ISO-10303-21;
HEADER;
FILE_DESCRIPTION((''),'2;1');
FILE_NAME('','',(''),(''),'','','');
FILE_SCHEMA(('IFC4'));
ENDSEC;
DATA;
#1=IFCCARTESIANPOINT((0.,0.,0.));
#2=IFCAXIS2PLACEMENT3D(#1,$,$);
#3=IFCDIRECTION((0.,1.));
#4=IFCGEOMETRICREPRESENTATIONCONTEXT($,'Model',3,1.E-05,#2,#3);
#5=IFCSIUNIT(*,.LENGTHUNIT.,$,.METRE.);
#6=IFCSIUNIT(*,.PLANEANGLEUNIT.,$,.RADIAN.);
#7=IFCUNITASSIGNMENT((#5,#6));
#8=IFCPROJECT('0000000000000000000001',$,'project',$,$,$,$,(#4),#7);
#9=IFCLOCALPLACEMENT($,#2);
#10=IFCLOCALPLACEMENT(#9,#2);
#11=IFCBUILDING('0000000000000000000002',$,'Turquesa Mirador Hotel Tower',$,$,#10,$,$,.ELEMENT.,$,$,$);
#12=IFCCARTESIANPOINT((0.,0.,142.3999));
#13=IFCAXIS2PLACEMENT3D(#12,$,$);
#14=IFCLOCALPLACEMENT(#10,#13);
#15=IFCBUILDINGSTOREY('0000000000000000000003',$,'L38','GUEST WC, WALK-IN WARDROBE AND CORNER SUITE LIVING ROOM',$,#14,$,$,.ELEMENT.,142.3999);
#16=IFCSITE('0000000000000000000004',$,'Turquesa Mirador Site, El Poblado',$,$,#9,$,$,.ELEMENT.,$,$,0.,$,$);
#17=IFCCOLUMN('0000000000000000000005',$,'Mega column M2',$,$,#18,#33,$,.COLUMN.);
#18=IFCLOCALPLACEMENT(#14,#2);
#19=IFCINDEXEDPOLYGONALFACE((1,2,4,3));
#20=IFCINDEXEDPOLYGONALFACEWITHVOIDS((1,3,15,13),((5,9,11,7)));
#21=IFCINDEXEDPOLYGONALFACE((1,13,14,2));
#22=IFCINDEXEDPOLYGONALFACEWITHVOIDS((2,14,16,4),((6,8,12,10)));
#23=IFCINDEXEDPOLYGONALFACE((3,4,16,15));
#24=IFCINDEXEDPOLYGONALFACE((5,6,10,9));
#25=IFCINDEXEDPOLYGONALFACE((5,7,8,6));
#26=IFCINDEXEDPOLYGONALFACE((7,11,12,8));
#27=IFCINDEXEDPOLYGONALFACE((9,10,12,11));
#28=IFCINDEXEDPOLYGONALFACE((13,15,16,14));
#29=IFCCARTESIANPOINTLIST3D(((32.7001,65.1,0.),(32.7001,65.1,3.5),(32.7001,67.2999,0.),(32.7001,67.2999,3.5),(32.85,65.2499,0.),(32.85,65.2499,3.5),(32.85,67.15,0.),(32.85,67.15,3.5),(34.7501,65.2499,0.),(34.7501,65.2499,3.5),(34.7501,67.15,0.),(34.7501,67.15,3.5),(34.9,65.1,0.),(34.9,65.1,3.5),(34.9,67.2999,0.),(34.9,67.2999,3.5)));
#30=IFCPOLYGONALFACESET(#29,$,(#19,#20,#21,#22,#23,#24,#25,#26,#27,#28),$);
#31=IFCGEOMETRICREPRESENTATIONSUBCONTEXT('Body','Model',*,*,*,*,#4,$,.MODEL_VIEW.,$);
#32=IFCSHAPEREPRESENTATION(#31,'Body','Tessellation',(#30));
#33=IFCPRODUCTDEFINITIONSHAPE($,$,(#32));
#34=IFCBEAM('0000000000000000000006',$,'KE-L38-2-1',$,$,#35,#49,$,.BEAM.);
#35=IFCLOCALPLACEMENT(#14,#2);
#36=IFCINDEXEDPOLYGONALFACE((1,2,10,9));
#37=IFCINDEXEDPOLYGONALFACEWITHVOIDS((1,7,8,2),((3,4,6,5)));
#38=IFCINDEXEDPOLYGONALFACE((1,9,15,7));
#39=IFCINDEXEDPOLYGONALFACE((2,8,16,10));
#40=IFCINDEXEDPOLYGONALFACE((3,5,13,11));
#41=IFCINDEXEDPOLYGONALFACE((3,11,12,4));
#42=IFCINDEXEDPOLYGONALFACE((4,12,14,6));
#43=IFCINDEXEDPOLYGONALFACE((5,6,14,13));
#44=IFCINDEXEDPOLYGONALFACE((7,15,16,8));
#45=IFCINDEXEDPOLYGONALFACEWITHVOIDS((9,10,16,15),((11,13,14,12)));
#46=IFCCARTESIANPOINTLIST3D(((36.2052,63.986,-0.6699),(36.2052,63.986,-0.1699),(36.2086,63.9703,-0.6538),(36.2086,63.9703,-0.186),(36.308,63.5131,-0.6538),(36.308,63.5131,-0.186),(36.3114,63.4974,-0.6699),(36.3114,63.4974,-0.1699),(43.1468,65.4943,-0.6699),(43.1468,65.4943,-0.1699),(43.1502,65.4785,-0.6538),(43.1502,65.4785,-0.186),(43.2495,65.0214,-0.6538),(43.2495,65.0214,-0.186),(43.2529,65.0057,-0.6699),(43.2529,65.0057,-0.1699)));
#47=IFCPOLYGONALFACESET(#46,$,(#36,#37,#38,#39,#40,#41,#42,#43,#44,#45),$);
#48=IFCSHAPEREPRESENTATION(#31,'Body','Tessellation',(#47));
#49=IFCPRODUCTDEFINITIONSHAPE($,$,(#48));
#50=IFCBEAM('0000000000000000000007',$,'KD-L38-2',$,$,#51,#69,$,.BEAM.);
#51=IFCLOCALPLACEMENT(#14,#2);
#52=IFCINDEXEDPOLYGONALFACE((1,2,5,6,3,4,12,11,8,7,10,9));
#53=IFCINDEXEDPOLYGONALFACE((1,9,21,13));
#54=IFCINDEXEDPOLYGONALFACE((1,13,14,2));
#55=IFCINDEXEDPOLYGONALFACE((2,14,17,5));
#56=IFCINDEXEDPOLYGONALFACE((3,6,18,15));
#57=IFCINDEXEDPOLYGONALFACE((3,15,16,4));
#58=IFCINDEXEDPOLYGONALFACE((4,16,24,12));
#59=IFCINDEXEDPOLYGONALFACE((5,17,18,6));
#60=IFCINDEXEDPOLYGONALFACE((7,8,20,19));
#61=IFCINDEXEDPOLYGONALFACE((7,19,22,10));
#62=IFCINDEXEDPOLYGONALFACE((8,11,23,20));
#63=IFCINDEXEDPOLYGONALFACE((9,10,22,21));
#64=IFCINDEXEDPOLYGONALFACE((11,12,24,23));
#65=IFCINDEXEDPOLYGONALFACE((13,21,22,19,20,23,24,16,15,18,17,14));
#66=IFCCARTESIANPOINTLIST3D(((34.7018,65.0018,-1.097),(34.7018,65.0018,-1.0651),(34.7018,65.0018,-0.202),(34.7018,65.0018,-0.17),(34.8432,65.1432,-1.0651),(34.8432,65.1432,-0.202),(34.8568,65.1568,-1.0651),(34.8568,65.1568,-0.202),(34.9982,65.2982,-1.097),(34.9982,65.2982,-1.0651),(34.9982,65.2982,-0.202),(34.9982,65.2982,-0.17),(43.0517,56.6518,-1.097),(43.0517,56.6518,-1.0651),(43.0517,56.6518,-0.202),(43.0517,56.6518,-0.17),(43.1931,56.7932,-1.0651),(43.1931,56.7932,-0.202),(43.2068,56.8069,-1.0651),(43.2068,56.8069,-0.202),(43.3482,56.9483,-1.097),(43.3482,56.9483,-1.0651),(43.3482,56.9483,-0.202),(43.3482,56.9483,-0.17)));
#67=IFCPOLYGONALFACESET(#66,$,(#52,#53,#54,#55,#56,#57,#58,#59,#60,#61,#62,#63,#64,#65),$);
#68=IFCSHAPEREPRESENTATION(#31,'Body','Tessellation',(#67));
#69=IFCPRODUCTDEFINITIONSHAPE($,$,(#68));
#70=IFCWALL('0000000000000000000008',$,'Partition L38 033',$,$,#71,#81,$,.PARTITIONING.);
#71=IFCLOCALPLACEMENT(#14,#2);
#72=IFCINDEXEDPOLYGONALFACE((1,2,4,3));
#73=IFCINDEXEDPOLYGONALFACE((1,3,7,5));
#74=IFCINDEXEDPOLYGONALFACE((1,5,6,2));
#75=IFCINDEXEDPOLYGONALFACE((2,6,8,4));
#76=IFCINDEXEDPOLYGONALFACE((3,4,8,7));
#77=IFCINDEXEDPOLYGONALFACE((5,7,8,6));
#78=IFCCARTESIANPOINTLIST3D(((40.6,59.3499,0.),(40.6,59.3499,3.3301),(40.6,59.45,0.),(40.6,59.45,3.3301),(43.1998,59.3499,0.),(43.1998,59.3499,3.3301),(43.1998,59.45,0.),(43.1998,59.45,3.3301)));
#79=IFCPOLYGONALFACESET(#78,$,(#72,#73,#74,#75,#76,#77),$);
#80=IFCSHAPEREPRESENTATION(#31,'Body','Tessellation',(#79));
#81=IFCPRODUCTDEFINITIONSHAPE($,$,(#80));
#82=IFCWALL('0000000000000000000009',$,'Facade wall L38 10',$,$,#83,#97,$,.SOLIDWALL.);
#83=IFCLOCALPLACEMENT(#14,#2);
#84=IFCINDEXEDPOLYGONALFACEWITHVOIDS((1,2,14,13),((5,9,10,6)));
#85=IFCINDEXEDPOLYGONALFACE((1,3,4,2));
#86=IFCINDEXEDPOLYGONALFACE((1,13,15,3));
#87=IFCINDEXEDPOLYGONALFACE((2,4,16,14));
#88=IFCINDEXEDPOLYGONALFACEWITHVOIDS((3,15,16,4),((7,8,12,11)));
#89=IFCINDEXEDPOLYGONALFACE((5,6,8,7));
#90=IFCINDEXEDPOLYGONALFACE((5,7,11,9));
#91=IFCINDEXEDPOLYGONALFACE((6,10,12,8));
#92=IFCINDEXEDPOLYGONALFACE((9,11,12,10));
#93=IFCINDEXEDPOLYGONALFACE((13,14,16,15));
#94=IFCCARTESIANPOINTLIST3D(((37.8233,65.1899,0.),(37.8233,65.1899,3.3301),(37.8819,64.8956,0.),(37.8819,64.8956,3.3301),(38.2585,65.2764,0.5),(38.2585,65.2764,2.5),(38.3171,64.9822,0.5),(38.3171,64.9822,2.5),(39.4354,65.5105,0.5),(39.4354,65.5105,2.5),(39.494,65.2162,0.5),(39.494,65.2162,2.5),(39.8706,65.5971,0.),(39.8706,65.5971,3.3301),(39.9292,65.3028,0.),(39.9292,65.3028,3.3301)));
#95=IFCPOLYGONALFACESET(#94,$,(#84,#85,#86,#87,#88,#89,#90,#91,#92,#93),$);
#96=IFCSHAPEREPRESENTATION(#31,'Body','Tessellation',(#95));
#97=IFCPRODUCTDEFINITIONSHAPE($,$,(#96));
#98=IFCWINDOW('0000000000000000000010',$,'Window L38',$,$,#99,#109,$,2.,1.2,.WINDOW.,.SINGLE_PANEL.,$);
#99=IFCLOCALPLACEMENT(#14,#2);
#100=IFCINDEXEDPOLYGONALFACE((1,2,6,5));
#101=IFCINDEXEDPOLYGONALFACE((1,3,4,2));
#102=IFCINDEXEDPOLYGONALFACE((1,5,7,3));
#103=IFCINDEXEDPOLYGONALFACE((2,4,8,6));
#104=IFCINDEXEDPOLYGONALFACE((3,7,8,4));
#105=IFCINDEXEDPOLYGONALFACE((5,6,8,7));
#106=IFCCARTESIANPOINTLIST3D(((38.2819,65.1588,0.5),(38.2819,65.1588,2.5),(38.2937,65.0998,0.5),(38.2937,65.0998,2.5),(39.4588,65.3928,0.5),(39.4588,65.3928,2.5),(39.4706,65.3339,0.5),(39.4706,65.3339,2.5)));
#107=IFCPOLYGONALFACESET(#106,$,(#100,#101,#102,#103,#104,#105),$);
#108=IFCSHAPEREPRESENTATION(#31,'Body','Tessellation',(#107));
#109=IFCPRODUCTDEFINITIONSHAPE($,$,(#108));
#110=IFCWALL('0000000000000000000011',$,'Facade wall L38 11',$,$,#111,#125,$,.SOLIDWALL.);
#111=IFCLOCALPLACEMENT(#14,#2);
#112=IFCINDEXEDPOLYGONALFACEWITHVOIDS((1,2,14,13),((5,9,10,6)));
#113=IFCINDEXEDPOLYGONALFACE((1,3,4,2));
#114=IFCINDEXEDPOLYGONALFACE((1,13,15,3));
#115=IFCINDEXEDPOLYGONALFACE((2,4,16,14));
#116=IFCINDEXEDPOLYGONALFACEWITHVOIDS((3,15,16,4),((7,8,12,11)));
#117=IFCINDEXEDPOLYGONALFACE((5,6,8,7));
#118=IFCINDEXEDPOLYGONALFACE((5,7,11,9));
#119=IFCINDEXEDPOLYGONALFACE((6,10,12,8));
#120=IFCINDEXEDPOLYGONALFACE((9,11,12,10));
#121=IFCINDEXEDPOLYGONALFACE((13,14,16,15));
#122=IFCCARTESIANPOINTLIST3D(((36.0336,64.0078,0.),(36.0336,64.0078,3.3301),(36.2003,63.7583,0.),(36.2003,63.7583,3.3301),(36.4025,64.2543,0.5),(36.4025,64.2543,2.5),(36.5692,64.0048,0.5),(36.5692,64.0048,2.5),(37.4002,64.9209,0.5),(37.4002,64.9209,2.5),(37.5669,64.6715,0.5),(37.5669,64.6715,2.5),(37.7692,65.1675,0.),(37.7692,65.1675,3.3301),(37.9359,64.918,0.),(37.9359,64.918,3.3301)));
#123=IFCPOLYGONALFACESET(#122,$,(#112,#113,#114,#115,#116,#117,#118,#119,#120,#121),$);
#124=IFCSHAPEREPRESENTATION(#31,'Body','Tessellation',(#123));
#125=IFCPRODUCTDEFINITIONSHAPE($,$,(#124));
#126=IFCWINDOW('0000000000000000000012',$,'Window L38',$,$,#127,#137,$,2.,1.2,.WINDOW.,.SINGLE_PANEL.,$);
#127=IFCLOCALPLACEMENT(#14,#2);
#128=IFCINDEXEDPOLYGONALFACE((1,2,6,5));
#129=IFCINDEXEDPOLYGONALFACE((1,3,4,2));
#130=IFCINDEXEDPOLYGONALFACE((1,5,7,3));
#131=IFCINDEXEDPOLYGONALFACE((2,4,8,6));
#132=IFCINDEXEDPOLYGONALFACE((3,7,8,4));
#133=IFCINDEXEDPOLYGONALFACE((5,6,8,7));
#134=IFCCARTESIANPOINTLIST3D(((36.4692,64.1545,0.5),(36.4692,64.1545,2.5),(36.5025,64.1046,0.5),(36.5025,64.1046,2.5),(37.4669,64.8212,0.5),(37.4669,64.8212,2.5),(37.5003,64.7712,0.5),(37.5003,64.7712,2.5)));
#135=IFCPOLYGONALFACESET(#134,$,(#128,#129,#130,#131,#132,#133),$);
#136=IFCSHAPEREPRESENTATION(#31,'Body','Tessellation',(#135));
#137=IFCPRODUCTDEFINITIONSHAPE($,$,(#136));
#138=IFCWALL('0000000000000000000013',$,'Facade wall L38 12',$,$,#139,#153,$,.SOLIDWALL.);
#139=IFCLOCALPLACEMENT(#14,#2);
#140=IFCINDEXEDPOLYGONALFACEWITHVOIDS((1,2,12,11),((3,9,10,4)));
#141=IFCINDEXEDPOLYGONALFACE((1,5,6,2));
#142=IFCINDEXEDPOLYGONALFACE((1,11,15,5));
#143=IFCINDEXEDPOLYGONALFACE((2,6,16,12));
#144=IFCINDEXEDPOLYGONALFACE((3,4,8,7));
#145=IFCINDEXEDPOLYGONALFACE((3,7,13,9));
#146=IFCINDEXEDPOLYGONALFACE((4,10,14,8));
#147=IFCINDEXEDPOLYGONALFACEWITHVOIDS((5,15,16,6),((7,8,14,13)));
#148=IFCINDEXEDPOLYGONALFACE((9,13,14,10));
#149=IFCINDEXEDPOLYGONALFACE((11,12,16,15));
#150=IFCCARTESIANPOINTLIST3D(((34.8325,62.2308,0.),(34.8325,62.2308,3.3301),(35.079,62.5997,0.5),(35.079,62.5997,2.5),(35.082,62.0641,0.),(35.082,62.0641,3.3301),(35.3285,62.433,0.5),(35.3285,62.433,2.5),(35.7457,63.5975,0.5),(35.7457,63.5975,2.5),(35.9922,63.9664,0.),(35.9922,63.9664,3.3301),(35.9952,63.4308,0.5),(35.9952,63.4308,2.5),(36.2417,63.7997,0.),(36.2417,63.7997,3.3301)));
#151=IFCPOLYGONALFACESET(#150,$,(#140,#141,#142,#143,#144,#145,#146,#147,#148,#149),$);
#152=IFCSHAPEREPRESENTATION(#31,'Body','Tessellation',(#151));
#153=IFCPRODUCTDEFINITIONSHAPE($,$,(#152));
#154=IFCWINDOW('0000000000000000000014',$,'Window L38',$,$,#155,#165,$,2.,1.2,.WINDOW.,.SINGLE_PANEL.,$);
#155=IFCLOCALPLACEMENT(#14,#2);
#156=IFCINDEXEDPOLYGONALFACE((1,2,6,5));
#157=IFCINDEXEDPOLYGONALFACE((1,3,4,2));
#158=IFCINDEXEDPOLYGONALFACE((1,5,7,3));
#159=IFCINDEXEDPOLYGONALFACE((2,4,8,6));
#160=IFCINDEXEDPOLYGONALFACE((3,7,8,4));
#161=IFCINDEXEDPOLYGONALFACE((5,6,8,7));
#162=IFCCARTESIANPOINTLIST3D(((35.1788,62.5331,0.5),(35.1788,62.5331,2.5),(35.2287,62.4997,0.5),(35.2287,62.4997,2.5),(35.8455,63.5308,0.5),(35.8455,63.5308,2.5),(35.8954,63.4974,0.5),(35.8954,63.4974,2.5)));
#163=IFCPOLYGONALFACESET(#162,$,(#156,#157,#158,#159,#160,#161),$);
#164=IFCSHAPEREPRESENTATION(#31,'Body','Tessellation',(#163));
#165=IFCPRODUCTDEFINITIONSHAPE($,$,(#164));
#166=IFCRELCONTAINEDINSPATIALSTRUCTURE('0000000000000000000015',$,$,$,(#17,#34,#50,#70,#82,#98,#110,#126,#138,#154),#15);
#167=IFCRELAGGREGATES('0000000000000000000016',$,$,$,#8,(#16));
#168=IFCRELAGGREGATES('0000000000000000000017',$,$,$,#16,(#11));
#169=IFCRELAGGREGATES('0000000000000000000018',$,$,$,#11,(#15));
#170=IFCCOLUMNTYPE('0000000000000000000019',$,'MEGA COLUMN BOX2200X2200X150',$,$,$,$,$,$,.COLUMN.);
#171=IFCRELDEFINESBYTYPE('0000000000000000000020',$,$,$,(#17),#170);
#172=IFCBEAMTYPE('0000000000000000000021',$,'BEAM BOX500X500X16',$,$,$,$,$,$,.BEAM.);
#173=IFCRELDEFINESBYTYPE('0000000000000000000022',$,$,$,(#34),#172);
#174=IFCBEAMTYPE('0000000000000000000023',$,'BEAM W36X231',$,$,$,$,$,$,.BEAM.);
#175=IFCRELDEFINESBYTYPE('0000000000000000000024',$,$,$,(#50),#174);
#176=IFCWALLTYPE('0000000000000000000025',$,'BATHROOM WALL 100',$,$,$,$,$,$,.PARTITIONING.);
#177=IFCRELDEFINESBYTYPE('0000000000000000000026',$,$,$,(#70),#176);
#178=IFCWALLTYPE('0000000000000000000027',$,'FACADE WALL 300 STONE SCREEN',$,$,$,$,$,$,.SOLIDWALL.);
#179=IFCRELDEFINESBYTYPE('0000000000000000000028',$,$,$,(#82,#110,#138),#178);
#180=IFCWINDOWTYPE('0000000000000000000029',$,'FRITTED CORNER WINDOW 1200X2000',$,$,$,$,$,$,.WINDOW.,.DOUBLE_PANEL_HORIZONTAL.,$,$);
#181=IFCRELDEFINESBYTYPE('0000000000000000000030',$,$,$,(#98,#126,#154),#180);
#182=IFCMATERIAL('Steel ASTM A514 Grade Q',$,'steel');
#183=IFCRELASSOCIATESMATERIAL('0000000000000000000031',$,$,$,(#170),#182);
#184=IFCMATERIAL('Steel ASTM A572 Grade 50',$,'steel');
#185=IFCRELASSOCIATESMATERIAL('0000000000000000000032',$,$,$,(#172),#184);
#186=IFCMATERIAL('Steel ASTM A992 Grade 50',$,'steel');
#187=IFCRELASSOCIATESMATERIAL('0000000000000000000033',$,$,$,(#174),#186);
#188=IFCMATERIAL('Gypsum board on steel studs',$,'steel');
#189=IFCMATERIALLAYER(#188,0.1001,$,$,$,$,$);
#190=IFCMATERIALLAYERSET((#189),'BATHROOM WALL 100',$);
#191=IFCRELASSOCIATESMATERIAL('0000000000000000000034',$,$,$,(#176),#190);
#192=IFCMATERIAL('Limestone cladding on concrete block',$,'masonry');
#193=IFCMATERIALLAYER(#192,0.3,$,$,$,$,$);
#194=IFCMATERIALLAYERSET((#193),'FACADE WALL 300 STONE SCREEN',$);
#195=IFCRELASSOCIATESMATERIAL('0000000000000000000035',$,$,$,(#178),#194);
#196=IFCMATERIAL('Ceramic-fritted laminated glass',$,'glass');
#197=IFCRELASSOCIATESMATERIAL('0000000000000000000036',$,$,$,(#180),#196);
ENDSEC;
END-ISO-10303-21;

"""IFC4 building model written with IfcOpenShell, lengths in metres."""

from ifc_helpers import new_model, si_unit, direction, frame, frame_2d, origin, origin_2d, place, context, subcontext, project, spatial, rectangle, hollow_rectangle, i_section, extrude, material, layer, layer_set, material_profile, profile_set, type_object, element, fill, save


model = new_model("IFC4")

# Units and contexts
model_context = context("Model", 3, precision=1e-05, world=origin(), true_north=direction((0.0, 1.0)))
body_context = subcontext(model_context, "Body", "Model", "MODEL_VIEW")
ifc_project = project(units=[si_unit("LENGTHUNIT", "METRE"), si_unit("PLANEANGLEUNIT", "RADIAN")], contexts=[model_context])

# Site, building, storey
site_placement = place(None, origin())
site = spatial("IfcSite", under=ifc_project, at=site_placement, Name="Turquesa Mirador Site, El Poblado", CompositionType="ELEMENT", RefElevation=0.0)
building_placement = place(site_placement, origin())
building = spatial("IfcBuilding", under=site, at=building_placement, Name="Turquesa Mirador Hotel Tower", CompositionType="ELEMENT")
storey_placement = place(building_placement, frame((0.0, 0.0, 142.3999)))
storey = spatial("IfcBuildingStorey", under=building, at=storey_placement, Name="L38", Description="GUEST WC, WALK-IN WARDROBE AND CORNER SUITE LIVING ROOM", CompositionType="ELEMENT", Elevation=142.3999)

# Column
ifc_material_1 = material(Name="Steel ASTM A514 Grade Q", Category="steel")
ifc_material_profile_1 = material_profile(ifc_material_1, hollow_rectangle(XDim=2.2, YDim=2.2, WallThickness=0.1499, at=origin_2d()), Name="BOX2200X2200X150")
ifc_profile_set_1 = profile_set([ifc_material_profile_1], Name="Steel ASTM A514 Grade Q")
column_type = type_object("IfcColumnType", Name="MEGA COLUMN BOX2200X2200X150", PredefinedType="COLUMN", material=ifc_profile_set_1)
column_placement = place(storey_placement, frame((33.8, 66.2, 0.0), z_axis=(0.0, 0.0, 1.0), x_axis=(1.0, 0.0, 0.0)))
element("IfcColumn", 1, at=column_placement, inside=storey, type_object=column_type, Name="Mega column M2", PredefinedType="COLUMN", context=body_context, shape_type="SweptSolid", body=[
    extrude(hollow_rectangle(XDim=2.2, YDim=2.2, WallThickness=0.1499, at=origin_2d()), origin(), (0.0, 0.0, 1.0), 3.5),
])

# Beams
ifc_material_2 = material(Name="Steel ASTM A572 Grade 50", Category="steel")
ifc_material_profile_2 = material_profile(ifc_material_2, hollow_rectangle(XDim=0.5, YDim=0.5, WallThickness=0.0161, at=origin_2d()), Name="BOX500X500X16")
ifc_profile_set_2 = profile_set([ifc_material_profile_2], Name="Steel ASTM A572 Grade 50")
beam_type_1 = type_object("IfcBeamType", Name="BEAM BOX500X500X16", PredefinedType="BEAM", material=ifc_profile_set_2)
beam_1_placement = place(storey_placement, frame((36.2583, 63.7417, -0.4199), z_axis=(0.977198, 0.212328, 0.0), x_axis=(-0.212328, 0.977198, 0.0)))
element("IfcBeam", 2, at=beam_1_placement, inside=storey, type_object=beam_type_1, Name="KE-L38-2-1", PredefinedType="BEAM", context=body_context, shape_type="SweptSolid", body=[
    extrude(hollow_rectangle(XDim=0.5, YDim=0.5, WallThickness=0.0161, at=origin_2d()), origin(), (0.0, 0.0, 1.0), 7.1035),
])
ifc_material_3 = material(Name="Steel ASTM A992 Grade 50", Category="steel")
ifc_material_profile_3 = material_profile(ifc_material_3, i_section(OverallWidth=0.4192, OverallDepth=0.927, WebThickness=0.0193, FlangeThickness=0.032, at=origin_2d()), Name="W36X231")
ifc_profile_set_3 = profile_set([ifc_material_profile_3], Name="Steel ASTM A992 Grade 50")
beam_type_2 = type_object("IfcBeamType", Name="BEAM W36X231", PredefinedType="BEAM", material=ifc_profile_set_3)
beam_2_placement = place(storey_placement, frame((43.2, 56.8, -0.6335), z_axis=(-0.707107, 0.707107, 0.0), x_axis=(-0.707107, -0.707107, 0.0)))
element("IfcBeam", 3, at=beam_2_placement, inside=storey, type_object=beam_type_2, Name="KD-L38-2", PredefinedType="BEAM", context=body_context, shape_type="SweptSolid", body=[
    extrude(i_section(OverallWidth=0.4192, OverallDepth=0.927, WebThickness=0.0193, FlangeThickness=0.032, at=origin_2d()), origin(), (0.0, 0.0, 1.0), 11.8086),
])

# Wall
ifc_material_4 = material(Name="Gypsum board on steel studs", Category="steel")
ifc_layer_1 = layer(ifc_material_4, 0.1001)
ifc_layer_set_1 = layer_set([ifc_layer_1], Name="BATHROOM WALL 100")
wall_type_1 = type_object("IfcWallType", Name="BATHROOM WALL 100", PredefinedType="PARTITIONING", material=ifc_layer_set_1)
wall_1_placement = place(storey_placement, frame((40.6001, 59.3999, 0.0), z_axis=(0.0, 0.0, 1.0), x_axis=(1.0, 0.0, 0.0)))
element("IfcWall", 4, at=wall_1_placement, inside=storey, type_object=wall_type_1, Name="Partition L38 033", PredefinedType="PARTITIONING", context=body_context, shape_type="SweptSolid", body=[
    extrude(rectangle(XDim=2.5999, YDim=0.1001, at=frame_2d((1.2998, 0.0))), origin(), (0.0, 0.0, 1.0), 3.3301),
])

# Walls, openings, windows
ifc_material_5 = material(Name="Limestone cladding on concrete block", Category="masonry")
ifc_layer_2 = layer(ifc_material_5, 0.3)
ifc_layer_set_2 = layer_set([ifc_layer_2], Name="FACADE WALL 300 STONE SCREEN")
wall_type_2 = type_object("IfcWallType", Name="FACADE WALL 300 STONE SCREEN", PredefinedType="SOLIDWALL", material=ifc_layer_set_2)
wall_2_placement = place(storey_placement, frame((39.8999, 65.45, 0.0), z_axis=(0.0, 0.0, 1.0), x_axis=(-0.980787, -0.195081, 0.0)))
wall_2 = element("IfcWall", 5, at=wall_2_placement, inside=storey, type_object=wall_type_2, Name="Facade wall L38 10", PredefinedType="SOLIDWALL", context=body_context, shape_type="SweptSolid", body=[
    extrude(rectangle(XDim=2.0874, YDim=0.3, at=frame_2d((1.0437, 0.0))), origin(), (0.0, 0.0, 1.0), 3.3301),
])
opening_1_placement = place(wall_2_placement, frame((0.4436, 0.0, 0.5)))
opening_1 = element("IfcOpeningElement", 6, at=opening_1_placement, cuts=wall_2, PredefinedType="OPENING", context=body_context, shape_type="SweptSolid", body=[
    extrude(rectangle(XDim=1.2, YDim=2.0, at=frame_2d((0.6001, 1.0))), frame((0.0, 0.1599, 0.0), z_axis=(0.0, -1.0, 0.0), x_axis=(1.0, 0.0, 0.0)), (0.0, 0.0, 1.0), 0.3201),
])
ifc_material_6 = material(Name="Ceramic-fritted laminated glass", Category="glass")
window_type_1 = type_object("IfcWindowType", Name="FRITTED CORNER WINDOW 1200X2000", PartitioningType="DOUBLE_PANEL_HORIZONTAL", PredefinedType="WINDOW", material=ifc_material_6)
window_1_placement = place(opening_1_placement, origin())
window_1 = element("IfcWindow", 7, at=window_1_placement, inside=storey, type_object=window_type_1, Name="Window L38", OverallHeight=2.0, OverallWidth=1.2, PartitioningType="SINGLE_PANEL", PredefinedType="WINDOW", context=body_context, shape_type="SweptSolid", body=[
    extrude(rectangle(XDim=1.2, YDim=2.0, at=frame_2d((0.6001, 1.0))), frame((0.0, 0.03, 0.0), z_axis=(0.0, -1.0, 0.0), x_axis=(1.0, 0.0, 0.0)), (0.0, 0.0, 1.0), 0.0601),
])
fill(opening_1, window_1)
wall_3_placement = place(storey_placement, frame((37.8525, 65.0427, 0.0), z_axis=(0.0, 0.0, 1.0), x_axis=(-0.831474, -0.555564, 0.0)))
wall_3 = element("IfcWall", 8, at=wall_3_placement, inside=storey, type_object=wall_type_2, Name="Facade wall L38 11", PredefinedType="SOLIDWALL", context=body_context, shape_type="SweptSolid", body=[
    extrude(rectangle(XDim=2.0874, YDim=0.3, at=frame_2d((1.0437, 0.0))), origin(), (0.0, 0.0, 1.0), 3.3301),
])
opening_2_placement = place(wall_3_placement, frame((0.4436, 0.0, 0.5)))
opening_2 = element("IfcOpeningElement", 9, at=opening_2_placement, cuts=wall_3, PredefinedType="OPENING", context=body_context, shape_type="SweptSolid", body=[
    extrude(rectangle(XDim=1.2, YDim=2.0, at=frame_2d((0.6001, 1.0))), frame((0.0, 0.1599, 0.0), z_axis=(0.0, -1.0, 0.0), x_axis=(1.0, 0.0, 0.0)), (0.0, 0.0, 1.0), 0.3201),
])
window_2_placement = place(opening_2_placement, origin())
window_2 = element("IfcWindow", 10, at=window_2_placement, inside=storey, type_object=window_type_1, Name="Window L38", OverallHeight=2.0, OverallWidth=1.2, PartitioningType="SINGLE_PANEL", PredefinedType="WINDOW", context=body_context, shape_type="SweptSolid", body=[
    extrude(rectangle(XDim=1.2, YDim=2.0, at=frame_2d((0.6001, 1.0))), frame((0.0, 0.03, 0.0), z_axis=(0.0, -1.0, 0.0), x_axis=(1.0, 0.0, 0.0)), (0.0, 0.0, 1.0), 0.0601),
])
fill(opening_2, window_2)
wall_4_placement = place(storey_placement, frame((36.1169, 63.8831, 0.0), z_axis=(0.0, 0.0, 1.0), x_axis=(-0.555564, -0.831474, 0.0)))
wall_4 = element("IfcWall", 11, at=wall_4_placement, inside=storey, type_object=wall_type_2, Name="Facade wall L38 12", PredefinedType="SOLIDWALL", context=body_context, shape_type="SweptSolid", body=[
    extrude(rectangle(XDim=2.0874, YDim=0.3, at=frame_2d((1.0437, 0.0))), origin(), (0.0, 0.0, 1.0), 3.3301),
])
opening_3_placement = place(wall_4_placement, frame((0.4436, 0.0, 0.5)))
opening_3 = element("IfcOpeningElement", 12, at=opening_3_placement, cuts=wall_4, PredefinedType="OPENING", context=body_context, shape_type="SweptSolid", body=[
    extrude(rectangle(XDim=1.2, YDim=2.0, at=frame_2d((0.6001, 1.0))), frame((0.0, 0.1599, 0.0), z_axis=(0.0, -1.0, 0.0), x_axis=(1.0, 0.0, 0.0)), (0.0, 0.0, 1.0), 0.3201),
])
window_3_placement = place(opening_3_placement, origin())
window_3 = element("IfcWindow", 13, at=window_3_placement, inside=storey, type_object=window_type_1, Name="Window L38", OverallHeight=2.0, OverallWidth=1.2, PartitioningType="SINGLE_PANEL", PredefinedType="WINDOW", context=body_context, shape_type="SweptSolid", body=[
    extrude(rectangle(XDim=1.2, YDim=2.0, at=frame_2d((0.6001, 1.0))), frame((0.0, 0.03, 0.0), z_axis=(0.0, -1.0, 0.0), x_axis=(1.0, 0.0, 0.0)), (0.0, 0.0, 1.0), 0.0601),
])
fill(opening_3, window_3)

save(model, "model.ifc")
